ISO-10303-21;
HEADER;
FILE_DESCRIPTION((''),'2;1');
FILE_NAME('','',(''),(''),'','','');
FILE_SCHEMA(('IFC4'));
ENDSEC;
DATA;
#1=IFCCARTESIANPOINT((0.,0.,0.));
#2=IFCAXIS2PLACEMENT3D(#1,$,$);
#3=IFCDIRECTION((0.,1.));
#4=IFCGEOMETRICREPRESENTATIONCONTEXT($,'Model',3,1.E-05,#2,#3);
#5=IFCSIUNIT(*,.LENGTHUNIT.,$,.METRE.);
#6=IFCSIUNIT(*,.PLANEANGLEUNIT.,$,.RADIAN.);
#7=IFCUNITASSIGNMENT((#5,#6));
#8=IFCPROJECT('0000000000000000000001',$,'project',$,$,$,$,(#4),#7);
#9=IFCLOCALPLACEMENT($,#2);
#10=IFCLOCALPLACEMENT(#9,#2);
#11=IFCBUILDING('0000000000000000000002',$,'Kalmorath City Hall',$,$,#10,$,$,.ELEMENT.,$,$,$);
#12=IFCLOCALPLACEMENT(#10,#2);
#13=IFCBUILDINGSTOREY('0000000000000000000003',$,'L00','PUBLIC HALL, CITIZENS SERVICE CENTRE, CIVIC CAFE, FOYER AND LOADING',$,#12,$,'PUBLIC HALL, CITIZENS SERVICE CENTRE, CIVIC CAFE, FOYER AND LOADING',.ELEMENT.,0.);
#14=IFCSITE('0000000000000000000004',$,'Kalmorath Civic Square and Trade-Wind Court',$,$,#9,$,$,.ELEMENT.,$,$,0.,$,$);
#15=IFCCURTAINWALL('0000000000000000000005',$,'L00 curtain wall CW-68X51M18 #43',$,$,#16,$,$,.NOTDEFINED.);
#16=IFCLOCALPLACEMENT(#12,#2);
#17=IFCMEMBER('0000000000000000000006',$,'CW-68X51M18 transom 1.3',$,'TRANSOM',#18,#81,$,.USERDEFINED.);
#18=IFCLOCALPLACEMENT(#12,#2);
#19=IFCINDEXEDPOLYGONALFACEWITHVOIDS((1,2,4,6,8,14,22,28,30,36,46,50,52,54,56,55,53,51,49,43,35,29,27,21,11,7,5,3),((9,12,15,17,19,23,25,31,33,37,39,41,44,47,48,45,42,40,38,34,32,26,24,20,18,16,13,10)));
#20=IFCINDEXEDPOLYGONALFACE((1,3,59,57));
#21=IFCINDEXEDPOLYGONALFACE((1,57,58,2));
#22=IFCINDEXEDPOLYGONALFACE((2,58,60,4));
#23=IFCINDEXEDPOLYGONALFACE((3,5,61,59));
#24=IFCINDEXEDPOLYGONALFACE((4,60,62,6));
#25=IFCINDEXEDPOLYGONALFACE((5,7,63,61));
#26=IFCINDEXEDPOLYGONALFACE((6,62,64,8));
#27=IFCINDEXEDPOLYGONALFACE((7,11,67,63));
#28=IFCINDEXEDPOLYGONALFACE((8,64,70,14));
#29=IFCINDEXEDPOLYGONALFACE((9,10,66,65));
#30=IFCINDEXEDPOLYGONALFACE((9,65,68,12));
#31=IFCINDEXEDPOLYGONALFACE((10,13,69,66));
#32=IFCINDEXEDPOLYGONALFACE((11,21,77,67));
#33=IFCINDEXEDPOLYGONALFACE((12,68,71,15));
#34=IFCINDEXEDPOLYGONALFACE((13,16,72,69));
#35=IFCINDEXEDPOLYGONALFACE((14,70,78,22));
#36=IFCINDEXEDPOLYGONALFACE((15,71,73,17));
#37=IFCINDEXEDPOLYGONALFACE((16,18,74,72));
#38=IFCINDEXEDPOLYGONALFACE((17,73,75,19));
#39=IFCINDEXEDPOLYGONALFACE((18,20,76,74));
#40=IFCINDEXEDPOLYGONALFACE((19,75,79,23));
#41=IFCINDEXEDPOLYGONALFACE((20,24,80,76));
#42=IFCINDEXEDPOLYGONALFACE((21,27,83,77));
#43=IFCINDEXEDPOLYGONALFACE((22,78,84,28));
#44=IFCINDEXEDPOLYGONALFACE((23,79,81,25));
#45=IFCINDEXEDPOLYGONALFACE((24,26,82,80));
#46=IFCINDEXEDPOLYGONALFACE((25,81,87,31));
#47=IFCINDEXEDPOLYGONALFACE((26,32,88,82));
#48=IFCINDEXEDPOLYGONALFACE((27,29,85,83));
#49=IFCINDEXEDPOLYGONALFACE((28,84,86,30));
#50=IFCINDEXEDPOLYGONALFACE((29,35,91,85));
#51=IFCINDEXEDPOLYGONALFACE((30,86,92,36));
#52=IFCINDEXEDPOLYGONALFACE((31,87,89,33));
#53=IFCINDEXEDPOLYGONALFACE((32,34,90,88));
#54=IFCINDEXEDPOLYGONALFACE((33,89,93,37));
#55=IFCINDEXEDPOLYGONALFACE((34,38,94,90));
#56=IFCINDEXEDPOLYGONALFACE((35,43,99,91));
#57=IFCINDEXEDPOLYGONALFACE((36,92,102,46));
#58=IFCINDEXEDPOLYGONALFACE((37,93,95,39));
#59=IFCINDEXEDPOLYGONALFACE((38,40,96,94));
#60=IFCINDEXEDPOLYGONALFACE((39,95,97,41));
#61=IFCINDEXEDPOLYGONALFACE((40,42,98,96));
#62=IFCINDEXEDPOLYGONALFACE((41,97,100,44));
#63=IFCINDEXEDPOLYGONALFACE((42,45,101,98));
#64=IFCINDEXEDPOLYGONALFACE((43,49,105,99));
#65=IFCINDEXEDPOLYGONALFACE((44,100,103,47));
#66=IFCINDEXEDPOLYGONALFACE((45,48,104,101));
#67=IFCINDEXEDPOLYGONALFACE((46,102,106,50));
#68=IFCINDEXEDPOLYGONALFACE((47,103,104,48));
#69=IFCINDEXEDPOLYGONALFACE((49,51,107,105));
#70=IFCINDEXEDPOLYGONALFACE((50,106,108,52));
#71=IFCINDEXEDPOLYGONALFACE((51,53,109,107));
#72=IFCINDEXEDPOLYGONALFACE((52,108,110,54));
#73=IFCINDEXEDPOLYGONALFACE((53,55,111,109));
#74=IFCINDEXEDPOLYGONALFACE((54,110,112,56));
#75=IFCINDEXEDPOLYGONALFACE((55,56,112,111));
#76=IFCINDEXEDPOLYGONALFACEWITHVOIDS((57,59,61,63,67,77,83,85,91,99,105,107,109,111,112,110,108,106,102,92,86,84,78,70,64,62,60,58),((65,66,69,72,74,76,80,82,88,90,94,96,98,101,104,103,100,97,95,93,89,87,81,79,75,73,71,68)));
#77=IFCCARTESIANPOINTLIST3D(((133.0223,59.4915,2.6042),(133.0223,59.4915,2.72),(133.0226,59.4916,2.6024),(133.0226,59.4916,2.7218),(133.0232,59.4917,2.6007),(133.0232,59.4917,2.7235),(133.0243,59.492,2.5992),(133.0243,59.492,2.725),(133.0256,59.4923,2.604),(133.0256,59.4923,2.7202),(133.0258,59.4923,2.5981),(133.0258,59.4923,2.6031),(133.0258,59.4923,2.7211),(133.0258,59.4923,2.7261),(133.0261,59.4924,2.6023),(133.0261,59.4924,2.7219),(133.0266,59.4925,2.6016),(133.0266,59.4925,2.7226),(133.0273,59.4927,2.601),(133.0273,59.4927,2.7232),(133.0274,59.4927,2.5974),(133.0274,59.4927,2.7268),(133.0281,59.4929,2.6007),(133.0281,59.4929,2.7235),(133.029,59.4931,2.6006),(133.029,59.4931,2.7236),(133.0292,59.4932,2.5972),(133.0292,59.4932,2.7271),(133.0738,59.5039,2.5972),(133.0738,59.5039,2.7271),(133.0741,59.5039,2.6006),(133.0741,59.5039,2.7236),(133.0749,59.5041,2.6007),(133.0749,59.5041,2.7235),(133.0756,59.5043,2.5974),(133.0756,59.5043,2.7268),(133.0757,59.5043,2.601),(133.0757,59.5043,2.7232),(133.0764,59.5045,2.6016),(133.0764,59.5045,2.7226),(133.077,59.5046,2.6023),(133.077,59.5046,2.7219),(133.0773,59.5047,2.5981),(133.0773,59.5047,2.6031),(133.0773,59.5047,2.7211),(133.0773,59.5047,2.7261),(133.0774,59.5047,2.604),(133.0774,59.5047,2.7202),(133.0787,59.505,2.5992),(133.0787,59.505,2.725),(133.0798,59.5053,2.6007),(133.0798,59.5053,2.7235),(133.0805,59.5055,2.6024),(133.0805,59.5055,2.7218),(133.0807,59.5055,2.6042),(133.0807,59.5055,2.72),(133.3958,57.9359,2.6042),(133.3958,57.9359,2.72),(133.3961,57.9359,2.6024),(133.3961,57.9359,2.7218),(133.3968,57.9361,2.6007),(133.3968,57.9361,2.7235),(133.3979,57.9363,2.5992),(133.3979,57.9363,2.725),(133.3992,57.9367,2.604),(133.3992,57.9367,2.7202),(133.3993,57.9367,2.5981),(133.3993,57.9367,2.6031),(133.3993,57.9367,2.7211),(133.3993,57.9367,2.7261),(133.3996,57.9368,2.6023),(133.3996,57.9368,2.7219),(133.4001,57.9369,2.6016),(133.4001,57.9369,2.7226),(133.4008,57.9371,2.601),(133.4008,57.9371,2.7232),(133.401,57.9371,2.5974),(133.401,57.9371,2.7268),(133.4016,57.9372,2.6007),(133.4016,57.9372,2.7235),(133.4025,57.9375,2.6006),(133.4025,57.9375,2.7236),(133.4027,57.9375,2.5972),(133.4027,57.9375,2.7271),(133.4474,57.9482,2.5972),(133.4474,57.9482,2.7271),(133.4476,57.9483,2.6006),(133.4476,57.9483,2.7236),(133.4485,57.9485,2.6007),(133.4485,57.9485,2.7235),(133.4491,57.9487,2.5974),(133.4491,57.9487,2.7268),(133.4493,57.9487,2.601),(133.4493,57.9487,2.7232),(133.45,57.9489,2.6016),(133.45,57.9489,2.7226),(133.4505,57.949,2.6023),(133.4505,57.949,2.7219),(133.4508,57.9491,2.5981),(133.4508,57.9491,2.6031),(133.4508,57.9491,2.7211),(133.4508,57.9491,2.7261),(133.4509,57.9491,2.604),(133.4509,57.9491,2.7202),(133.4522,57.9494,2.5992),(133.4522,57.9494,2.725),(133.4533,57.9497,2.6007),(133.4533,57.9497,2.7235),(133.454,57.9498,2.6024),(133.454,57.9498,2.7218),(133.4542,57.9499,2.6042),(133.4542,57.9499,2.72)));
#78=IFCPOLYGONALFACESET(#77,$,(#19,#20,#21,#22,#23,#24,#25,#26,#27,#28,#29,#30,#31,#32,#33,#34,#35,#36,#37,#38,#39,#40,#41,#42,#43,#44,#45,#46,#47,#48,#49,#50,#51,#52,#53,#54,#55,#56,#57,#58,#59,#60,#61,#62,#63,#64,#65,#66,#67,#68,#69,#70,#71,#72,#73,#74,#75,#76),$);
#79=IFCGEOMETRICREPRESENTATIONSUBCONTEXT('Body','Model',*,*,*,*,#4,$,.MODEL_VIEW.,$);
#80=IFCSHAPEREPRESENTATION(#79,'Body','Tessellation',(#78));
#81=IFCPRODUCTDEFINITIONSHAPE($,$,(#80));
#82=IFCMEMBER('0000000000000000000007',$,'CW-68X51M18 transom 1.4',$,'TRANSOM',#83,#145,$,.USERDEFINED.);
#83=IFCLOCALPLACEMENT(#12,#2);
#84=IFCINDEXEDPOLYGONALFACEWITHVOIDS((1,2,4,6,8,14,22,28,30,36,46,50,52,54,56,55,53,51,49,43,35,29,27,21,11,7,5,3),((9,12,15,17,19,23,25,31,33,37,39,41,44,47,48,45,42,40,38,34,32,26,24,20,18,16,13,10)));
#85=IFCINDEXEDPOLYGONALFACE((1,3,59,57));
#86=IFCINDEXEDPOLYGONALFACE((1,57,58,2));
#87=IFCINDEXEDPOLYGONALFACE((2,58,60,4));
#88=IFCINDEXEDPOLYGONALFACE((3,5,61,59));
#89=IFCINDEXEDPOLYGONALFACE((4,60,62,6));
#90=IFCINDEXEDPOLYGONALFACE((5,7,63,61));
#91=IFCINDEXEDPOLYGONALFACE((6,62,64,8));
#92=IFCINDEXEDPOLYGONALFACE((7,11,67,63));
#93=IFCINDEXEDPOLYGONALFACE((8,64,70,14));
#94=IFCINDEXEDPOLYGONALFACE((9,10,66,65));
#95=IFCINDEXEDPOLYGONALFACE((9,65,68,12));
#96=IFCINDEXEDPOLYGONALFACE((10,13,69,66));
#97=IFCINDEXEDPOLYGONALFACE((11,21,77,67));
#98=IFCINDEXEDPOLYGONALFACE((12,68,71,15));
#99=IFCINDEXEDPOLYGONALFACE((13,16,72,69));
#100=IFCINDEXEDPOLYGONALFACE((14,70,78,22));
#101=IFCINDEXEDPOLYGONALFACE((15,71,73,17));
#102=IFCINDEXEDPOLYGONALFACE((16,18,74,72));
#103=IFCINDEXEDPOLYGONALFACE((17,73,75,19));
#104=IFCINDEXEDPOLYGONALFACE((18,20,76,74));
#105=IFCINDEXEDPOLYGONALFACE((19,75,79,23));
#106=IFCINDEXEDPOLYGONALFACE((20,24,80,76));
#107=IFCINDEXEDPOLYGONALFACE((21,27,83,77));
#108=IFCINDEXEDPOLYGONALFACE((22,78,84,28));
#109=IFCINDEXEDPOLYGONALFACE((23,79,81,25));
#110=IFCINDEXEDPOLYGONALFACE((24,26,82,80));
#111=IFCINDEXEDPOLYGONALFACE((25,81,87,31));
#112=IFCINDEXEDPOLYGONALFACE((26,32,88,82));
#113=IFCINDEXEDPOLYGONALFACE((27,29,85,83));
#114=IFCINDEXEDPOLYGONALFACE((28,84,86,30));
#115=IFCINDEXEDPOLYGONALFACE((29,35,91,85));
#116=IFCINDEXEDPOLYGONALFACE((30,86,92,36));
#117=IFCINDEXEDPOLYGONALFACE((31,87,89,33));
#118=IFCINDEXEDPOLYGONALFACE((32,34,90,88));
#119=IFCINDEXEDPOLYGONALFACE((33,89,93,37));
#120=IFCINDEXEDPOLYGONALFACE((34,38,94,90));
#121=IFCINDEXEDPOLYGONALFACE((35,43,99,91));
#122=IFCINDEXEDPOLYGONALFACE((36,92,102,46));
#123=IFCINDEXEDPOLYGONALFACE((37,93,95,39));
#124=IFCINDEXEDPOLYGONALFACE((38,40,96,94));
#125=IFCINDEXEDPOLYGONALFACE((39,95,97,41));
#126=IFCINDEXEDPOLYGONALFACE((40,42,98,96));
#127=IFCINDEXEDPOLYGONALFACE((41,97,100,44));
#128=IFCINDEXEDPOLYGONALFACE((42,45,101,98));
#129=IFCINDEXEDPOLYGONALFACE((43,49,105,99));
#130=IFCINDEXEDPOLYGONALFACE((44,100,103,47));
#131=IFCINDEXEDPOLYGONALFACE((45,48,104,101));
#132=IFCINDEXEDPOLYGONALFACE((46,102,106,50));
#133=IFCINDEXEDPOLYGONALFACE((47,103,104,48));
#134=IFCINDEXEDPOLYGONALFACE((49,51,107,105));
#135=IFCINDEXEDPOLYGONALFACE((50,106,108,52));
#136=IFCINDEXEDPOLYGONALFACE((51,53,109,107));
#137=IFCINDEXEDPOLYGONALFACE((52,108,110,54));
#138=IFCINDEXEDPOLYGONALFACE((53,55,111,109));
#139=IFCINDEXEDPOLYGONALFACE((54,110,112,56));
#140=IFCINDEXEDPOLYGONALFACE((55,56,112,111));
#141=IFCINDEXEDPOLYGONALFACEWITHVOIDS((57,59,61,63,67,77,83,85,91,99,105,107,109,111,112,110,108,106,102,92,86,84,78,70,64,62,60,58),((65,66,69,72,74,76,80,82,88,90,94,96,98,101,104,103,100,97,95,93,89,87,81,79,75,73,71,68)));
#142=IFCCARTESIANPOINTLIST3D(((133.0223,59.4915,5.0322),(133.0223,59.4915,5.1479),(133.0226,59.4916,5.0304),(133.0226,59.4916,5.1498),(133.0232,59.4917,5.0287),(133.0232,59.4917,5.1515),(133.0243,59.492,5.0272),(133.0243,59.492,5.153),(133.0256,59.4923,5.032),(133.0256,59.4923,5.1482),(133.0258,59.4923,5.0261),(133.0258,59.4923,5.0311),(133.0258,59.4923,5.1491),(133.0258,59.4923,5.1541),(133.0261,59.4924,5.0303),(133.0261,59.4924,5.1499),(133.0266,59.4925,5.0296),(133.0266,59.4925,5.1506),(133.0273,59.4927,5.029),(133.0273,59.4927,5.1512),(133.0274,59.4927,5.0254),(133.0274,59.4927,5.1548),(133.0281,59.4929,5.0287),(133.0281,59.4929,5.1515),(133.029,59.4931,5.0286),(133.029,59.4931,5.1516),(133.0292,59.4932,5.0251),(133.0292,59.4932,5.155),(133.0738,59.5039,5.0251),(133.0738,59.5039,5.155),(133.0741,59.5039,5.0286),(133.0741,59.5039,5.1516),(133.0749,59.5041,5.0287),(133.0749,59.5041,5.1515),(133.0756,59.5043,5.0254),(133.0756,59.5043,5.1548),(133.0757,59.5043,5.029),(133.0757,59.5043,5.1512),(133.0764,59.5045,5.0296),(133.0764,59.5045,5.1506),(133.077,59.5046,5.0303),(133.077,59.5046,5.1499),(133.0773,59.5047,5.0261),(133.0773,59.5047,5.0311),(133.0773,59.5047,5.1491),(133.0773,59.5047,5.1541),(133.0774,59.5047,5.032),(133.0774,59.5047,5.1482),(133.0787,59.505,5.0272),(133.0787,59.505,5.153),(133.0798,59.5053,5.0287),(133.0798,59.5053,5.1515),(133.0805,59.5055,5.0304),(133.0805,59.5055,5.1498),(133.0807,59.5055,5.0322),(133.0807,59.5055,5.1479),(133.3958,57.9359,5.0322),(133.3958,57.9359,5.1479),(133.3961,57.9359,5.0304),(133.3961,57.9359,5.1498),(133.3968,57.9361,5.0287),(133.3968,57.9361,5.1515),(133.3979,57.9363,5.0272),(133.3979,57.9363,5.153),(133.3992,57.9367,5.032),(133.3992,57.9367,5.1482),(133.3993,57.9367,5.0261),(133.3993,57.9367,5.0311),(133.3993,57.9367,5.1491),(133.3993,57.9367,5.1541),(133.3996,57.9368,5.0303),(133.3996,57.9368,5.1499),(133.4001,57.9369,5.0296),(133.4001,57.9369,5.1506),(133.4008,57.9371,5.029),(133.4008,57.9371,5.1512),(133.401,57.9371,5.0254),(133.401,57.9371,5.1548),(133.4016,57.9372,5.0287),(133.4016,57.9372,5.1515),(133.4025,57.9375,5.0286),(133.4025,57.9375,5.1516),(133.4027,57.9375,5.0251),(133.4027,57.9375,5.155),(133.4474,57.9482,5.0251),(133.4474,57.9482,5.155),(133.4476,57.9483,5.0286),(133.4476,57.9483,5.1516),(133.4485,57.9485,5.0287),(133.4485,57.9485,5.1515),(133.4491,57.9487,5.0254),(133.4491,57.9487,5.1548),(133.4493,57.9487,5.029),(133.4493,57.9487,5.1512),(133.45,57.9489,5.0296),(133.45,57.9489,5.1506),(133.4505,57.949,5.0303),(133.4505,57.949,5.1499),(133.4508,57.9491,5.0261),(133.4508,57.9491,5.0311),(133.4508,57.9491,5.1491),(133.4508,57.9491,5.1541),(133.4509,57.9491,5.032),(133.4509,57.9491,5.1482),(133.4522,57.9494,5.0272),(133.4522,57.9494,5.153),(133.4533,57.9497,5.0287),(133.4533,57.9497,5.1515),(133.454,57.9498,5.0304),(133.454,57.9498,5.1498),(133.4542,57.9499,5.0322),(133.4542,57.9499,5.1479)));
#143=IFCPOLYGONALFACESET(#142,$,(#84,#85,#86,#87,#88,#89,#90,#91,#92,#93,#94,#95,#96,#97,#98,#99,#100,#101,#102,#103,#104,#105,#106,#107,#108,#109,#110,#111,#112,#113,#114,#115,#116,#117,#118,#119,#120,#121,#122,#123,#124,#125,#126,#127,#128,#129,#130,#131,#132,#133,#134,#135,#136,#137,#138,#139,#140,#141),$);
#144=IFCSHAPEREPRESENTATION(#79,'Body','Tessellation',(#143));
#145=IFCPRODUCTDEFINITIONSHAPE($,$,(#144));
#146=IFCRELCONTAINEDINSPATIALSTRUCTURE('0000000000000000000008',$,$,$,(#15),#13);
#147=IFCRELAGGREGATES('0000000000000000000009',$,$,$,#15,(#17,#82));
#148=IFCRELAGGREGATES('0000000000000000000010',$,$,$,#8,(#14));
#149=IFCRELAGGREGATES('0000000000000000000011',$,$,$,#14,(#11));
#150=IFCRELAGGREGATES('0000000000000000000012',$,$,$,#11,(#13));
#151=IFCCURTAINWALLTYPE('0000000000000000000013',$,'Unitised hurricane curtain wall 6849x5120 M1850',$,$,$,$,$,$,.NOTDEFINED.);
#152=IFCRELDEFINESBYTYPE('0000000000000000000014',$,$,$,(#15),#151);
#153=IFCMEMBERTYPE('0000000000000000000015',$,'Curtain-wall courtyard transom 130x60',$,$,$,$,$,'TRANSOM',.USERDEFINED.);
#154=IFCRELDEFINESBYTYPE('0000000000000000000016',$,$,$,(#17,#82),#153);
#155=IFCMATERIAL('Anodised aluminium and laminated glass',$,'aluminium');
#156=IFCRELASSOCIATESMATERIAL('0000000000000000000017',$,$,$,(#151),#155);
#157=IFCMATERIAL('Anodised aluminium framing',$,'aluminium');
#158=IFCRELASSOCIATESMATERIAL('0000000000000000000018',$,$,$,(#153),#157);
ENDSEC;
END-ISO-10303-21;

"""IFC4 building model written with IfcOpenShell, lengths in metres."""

from ifc_helpers import new_model, si_unit, direction, frame, origin, origin_2d, place, context, subcontext, project, spatial, hollow_rectangle, extrude, material, material_profile, profile_set, type_object, element, aggregate, save


model = new_model("IFC4")

# Units and contexts
model_context = context("Model", 3, precision=1e-05, world=origin(), true_north=direction((0.0, 1.0)))
body_context = subcontext(model_context, "Body", "Model", "MODEL_VIEW")
ifc_project = project(units=[si_unit("LENGTHUNIT", "METRE"), si_unit("PLANEANGLEUNIT", "RADIAN")], contexts=[model_context])

# Site, building, storey
site_placement = place(None, origin())
site = spatial("IfcSite", under=ifc_project, at=site_placement, Name="Kalmorath Civic Square and Trade-Wind Court", CompositionType="ELEMENT", RefElevation=0.0)
building_placement = place(site_placement, origin())
building = spatial("IfcBuilding", under=site, at=building_placement, Name="Kalmorath City Hall", CompositionType="ELEMENT")
storey_placement = place(building_placement, origin())
storey = spatial("IfcBuildingStorey", under=building, at=storey_placement, Name="L00", Description="PUBLIC HALL, CITIZENS SERVICE CENTRE, CIVIC CAFE, FOYER AND LOADING", LongName="PUBLIC HALL, CITIZENS SERVICE CENTRE, CIVIC CAFE, FOYER AND LOADING", CompositionType="ELEMENT", Elevation=0.0)

# Curtain wall, members
ifc_material_1 = material(Name="Anodised aluminium and laminated glass", Category="aluminium")
curtain_wall_type = type_object("IfcCurtainWallType", Name="Unitised hurricane curtain wall 6849x5120 M1850", PredefinedType="NOTDEFINED", material=ifc_material_1)
curtain_wall_placement = place(storey_placement, origin())
curtain_wall = element("IfcCurtainWall", 1, at=curtain_wall_placement, inside=storey, type_object=curtain_wall_type, Name="L00 curtain wall CW-68X51M18 #43", PredefinedType="NOTDEFINED")
ifc_material_2 = material(Name="Anodised aluminium framing", Category="aluminium")
ifc_material_profile_1 = material_profile(ifc_material_2, hollow_rectangle(XDim=0.0601, YDim=0.1299, WallThickness=0.0034, InnerFilletRadius=0.0034, OuterFilletRadius=0.0071, at=origin_2d()), Name="ALU-TRN-130X60X3.5")
ifc_profile_set_1 = profile_set([ifc_material_profile_1], Name="Anodised aluminium framing")
member_type_1 = type_object("IfcMemberType", Name="Curtain-wall courtyard transom 130x60", ElementType="TRANSOM", PredefinedType="USERDEFINED", material=ifc_profile_set_1)
member_1_placement = place(storey_placement, frame((133.425, 57.9429, 2.6621), z_axis=(-0.233477, 0.972362, 0.0), x_axis=(-0.972362, -0.233477, 0.0)))
member_1 = element("IfcMember", 2, at=member_1_placement, type_object=member_type_1, Name="CW-68X51M18 transom 1.3", ObjectType="TRANSOM", PredefinedType="USERDEFINED", context=body_context, shape_type="SweptSolid", body=[
    extrude(hollow_rectangle(XDim=0.0601, YDim=0.1299, WallThickness=0.0034, InnerFilletRadius=0.0034, OuterFilletRadius=0.0071, at=origin_2d()), origin(), (0.0, 0.0, 1.0), 1.5999),
])
member_2_placement = place(storey_placement, frame((133.425, 57.9429, 5.0901), z_axis=(-0.233477, 0.972362, 0.0), x_axis=(-0.972362, -0.233477, 0.0)))
member_2 = element("IfcMember", 3, at=member_2_placement, type_object=member_type_1, Name="CW-68X51M18 transom 1.4", ObjectType="TRANSOM", PredefinedType="USERDEFINED", context=body_context, shape_type="SweptSolid", body=[
    extrude(hollow_rectangle(XDim=0.0601, YDim=0.1299, WallThickness=0.0034, InnerFilletRadius=0.0034, OuterFilletRadius=0.0071, at=origin_2d()), origin(), (0.0, 0.0, 1.0), 1.5999),
])
aggregate(curtain_wall, [member_1, member_2])

save(model, "model.ifc")
